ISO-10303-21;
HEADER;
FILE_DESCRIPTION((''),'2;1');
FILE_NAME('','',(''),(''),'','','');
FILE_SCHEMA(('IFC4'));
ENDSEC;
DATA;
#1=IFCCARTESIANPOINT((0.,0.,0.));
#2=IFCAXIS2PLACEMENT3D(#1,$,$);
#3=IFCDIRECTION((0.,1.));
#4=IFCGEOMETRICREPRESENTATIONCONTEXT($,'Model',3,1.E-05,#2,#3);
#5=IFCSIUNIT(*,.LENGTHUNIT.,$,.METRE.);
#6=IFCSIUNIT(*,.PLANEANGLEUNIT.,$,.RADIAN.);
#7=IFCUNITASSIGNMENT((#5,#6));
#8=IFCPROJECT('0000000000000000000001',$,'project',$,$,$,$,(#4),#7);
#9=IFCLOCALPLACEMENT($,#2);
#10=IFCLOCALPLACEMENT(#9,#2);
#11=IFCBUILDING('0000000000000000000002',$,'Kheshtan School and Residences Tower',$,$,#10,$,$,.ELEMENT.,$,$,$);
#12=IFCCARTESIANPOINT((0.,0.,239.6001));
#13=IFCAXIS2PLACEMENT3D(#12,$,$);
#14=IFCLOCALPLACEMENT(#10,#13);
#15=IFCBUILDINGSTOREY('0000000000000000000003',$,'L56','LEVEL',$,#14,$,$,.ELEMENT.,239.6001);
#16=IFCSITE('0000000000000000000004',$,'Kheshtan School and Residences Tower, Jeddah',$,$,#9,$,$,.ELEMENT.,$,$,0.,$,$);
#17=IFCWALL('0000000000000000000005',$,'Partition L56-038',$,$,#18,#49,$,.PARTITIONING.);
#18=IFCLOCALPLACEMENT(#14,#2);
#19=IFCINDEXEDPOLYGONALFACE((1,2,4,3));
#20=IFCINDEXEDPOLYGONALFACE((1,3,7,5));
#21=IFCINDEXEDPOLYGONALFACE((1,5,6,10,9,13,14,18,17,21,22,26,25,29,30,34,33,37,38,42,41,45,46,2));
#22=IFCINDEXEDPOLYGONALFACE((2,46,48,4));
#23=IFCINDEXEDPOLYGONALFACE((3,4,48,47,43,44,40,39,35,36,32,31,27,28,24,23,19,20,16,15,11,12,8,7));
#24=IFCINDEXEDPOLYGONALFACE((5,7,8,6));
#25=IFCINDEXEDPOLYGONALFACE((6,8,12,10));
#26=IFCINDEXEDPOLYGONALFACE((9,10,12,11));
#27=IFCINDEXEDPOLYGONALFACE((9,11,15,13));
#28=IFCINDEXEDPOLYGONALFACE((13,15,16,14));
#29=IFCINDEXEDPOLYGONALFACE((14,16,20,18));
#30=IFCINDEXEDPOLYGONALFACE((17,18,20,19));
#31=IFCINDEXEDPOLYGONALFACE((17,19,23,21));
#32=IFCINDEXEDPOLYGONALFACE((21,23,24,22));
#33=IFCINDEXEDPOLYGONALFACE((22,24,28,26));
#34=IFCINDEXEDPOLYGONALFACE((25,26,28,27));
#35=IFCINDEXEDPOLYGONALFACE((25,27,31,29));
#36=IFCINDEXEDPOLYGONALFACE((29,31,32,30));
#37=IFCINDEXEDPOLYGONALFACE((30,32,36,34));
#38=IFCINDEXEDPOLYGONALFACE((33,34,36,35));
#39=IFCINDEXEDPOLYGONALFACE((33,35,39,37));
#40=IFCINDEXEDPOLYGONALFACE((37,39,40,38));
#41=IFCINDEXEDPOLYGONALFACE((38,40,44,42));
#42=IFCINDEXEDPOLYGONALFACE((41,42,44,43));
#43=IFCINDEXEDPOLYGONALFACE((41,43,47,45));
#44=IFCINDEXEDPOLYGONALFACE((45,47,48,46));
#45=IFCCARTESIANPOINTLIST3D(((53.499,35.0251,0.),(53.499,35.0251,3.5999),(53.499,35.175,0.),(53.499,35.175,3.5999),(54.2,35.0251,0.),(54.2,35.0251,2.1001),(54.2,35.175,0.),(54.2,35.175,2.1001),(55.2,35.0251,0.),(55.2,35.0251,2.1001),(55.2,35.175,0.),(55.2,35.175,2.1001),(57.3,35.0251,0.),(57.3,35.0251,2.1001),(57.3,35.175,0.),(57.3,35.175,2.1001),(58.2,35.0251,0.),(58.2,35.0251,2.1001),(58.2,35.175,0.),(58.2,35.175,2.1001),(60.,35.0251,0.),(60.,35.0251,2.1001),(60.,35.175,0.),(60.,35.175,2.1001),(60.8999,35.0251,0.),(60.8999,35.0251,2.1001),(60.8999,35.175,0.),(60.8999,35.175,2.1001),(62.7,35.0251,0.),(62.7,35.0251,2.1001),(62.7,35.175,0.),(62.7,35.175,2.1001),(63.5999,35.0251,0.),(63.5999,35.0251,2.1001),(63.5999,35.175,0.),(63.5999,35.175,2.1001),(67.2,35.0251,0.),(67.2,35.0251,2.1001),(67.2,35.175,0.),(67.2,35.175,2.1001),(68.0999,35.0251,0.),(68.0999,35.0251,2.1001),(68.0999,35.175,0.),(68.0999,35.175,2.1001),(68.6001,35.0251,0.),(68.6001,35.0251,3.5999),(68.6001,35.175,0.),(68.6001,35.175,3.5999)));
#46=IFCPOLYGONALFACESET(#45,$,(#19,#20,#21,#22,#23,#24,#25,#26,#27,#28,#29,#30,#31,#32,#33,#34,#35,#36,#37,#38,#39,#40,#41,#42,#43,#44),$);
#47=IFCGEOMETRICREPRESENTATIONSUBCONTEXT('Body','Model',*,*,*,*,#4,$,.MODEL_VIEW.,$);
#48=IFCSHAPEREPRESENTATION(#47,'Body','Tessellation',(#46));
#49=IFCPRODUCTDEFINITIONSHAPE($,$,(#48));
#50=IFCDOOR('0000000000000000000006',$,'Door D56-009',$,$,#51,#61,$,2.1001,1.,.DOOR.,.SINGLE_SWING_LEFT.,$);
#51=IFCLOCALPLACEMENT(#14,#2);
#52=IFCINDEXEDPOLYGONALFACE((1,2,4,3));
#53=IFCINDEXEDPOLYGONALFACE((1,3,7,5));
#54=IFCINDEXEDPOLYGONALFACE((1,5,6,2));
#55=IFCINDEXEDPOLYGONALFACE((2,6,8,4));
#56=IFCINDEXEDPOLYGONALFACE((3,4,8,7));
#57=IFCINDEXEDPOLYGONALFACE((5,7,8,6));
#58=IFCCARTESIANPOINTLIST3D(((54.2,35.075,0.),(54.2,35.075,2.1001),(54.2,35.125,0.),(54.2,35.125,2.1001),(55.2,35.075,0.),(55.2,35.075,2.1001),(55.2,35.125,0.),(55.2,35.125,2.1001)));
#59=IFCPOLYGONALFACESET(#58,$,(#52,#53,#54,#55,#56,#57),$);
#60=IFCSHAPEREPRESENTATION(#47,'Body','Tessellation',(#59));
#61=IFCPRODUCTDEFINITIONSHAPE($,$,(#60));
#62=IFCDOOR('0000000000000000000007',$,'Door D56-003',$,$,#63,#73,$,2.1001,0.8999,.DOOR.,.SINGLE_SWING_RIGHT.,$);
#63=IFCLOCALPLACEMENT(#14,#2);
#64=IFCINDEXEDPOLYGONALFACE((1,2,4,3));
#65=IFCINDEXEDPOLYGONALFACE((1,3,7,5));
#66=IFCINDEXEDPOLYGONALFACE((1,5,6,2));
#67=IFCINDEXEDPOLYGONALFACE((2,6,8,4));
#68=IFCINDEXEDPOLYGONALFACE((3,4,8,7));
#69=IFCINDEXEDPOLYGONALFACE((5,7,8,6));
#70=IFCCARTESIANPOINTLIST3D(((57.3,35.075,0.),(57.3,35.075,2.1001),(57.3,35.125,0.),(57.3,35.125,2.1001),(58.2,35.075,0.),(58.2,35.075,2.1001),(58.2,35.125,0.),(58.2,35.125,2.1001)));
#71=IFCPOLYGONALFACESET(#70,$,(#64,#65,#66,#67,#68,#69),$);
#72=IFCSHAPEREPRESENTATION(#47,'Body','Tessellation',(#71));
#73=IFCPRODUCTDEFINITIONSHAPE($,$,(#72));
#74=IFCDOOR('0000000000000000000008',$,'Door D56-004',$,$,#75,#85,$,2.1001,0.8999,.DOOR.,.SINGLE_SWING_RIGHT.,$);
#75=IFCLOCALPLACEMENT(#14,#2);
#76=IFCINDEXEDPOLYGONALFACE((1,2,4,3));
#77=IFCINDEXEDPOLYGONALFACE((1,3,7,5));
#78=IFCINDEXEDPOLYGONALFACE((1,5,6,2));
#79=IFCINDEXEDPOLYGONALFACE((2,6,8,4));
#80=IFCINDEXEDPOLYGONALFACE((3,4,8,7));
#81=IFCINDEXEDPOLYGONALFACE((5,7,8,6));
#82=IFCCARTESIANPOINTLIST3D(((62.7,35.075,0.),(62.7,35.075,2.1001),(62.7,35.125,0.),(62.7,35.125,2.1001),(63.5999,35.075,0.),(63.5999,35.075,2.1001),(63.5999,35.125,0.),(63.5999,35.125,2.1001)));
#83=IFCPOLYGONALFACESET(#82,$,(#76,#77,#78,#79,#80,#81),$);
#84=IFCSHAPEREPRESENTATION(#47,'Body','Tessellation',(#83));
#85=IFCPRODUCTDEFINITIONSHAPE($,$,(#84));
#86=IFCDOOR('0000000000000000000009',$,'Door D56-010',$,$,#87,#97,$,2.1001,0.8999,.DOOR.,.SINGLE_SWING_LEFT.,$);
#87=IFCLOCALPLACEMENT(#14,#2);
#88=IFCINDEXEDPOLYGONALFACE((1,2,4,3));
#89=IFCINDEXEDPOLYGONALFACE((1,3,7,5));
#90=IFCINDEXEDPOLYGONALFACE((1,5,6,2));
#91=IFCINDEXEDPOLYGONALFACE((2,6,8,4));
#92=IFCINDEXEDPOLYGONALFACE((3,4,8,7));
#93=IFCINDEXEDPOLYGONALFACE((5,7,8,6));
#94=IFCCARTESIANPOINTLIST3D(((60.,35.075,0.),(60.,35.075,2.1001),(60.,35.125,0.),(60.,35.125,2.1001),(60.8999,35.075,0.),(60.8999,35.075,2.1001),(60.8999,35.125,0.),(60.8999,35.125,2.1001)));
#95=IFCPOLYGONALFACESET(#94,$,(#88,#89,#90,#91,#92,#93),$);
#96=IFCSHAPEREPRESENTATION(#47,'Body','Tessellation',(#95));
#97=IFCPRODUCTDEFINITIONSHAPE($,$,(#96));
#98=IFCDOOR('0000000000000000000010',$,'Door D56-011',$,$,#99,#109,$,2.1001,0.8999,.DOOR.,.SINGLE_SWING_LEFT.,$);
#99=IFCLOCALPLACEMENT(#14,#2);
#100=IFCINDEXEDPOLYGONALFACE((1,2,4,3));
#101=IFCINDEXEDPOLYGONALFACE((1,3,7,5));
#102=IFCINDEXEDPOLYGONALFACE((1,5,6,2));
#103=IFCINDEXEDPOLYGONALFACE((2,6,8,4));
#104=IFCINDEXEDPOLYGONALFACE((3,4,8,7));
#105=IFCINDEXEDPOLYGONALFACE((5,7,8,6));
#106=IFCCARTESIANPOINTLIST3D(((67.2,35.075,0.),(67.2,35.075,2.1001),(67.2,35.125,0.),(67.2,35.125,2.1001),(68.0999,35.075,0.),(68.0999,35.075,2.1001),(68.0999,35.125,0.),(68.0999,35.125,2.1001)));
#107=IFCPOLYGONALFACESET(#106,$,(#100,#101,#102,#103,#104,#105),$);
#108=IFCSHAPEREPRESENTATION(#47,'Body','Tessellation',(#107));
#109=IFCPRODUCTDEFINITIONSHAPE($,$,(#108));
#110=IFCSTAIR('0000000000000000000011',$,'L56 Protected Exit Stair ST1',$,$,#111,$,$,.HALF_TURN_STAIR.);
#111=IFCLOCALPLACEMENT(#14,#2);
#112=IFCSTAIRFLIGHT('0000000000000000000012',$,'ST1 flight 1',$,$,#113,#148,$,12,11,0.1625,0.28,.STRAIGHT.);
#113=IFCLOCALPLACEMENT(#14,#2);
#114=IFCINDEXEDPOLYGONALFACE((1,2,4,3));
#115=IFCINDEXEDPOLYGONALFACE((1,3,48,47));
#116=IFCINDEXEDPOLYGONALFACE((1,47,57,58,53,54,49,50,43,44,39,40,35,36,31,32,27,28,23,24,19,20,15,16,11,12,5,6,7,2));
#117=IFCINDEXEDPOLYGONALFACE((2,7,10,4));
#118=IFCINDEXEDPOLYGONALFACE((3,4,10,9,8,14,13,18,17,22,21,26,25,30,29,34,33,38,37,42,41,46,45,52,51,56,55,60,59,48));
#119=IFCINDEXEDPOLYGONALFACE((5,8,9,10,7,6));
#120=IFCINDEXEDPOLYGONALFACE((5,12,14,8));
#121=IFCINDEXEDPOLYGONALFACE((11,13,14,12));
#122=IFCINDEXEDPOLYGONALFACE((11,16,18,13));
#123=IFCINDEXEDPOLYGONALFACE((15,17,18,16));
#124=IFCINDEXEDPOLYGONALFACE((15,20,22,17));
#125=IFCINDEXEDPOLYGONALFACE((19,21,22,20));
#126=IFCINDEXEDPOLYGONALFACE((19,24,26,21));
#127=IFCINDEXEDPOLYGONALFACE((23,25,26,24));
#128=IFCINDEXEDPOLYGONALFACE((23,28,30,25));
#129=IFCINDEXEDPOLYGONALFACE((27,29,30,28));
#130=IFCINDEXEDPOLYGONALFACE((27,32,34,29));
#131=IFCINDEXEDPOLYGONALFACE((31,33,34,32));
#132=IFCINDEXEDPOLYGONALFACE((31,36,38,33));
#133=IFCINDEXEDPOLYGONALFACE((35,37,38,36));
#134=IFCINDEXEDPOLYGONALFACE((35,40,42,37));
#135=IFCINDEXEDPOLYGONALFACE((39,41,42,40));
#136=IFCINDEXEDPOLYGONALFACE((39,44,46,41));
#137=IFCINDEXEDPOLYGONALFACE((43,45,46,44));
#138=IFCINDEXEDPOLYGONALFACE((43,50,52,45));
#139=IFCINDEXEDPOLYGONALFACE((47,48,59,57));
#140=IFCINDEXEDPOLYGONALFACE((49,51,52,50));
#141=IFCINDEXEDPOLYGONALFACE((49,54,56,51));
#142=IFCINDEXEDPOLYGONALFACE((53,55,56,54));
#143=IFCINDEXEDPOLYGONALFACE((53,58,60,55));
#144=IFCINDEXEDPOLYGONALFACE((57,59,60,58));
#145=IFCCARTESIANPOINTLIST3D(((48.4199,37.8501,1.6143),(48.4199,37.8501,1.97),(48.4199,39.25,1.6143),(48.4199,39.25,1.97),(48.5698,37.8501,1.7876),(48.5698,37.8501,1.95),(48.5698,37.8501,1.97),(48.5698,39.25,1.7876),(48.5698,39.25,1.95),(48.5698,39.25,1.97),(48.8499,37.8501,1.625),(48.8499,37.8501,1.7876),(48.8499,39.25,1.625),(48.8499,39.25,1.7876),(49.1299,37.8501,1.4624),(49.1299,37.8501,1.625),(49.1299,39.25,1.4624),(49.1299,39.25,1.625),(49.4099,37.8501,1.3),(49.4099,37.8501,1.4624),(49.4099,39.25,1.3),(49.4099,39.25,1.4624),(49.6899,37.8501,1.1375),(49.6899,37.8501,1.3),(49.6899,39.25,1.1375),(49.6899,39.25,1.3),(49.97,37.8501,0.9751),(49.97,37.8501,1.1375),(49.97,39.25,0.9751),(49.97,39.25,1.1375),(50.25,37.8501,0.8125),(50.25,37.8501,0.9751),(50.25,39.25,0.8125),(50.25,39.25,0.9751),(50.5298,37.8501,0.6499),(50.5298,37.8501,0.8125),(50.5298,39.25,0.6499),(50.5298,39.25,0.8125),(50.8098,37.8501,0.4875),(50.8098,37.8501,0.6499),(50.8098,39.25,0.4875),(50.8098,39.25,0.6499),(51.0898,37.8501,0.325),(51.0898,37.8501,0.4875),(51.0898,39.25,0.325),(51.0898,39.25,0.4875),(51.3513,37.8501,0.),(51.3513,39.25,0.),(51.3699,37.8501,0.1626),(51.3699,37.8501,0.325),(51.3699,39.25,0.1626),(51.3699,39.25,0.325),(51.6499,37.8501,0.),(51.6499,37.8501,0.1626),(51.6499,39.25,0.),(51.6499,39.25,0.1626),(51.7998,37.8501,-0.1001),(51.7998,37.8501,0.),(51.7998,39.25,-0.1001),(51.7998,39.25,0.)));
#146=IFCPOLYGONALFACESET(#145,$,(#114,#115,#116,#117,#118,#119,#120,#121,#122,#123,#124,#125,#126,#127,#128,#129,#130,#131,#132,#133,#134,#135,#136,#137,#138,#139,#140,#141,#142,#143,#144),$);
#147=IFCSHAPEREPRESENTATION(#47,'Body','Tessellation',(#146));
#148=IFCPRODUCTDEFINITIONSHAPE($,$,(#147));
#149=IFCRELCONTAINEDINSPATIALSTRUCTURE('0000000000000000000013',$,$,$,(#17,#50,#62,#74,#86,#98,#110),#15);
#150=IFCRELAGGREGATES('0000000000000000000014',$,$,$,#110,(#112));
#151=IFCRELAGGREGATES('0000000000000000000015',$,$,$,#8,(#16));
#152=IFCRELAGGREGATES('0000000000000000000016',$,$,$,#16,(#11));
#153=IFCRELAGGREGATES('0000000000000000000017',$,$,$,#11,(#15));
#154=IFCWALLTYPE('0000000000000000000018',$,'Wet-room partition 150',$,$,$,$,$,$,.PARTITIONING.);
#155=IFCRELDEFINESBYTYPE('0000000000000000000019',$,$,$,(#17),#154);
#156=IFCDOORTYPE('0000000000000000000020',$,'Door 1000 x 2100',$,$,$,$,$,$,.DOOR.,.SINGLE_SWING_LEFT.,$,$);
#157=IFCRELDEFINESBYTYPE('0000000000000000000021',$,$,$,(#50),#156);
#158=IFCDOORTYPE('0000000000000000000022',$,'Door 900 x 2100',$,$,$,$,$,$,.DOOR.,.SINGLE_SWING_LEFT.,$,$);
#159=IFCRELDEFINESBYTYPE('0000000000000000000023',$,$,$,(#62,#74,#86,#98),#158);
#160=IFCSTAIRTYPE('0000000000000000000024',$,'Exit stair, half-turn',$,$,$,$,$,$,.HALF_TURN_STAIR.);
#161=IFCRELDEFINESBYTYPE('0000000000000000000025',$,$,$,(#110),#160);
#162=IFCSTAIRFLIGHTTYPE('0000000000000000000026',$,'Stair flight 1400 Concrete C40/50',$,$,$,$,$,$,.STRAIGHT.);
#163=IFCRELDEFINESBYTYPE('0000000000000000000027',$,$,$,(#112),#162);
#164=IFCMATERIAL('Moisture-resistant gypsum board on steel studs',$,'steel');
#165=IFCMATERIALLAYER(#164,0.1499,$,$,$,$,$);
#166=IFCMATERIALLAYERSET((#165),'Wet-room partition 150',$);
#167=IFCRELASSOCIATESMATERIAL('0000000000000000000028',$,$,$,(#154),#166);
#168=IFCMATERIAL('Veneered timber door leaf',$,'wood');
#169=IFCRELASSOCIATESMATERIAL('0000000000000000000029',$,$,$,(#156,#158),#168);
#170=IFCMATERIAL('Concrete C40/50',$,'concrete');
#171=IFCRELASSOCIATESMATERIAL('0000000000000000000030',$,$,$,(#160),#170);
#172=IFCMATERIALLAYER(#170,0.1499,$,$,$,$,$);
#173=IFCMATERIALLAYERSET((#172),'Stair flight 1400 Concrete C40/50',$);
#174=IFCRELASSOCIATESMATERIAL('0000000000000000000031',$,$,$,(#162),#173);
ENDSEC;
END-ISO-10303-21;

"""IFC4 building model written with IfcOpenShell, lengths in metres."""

from ifc_helpers import new_model, si_unit, direction, frame, frame_2d, origin, place, context, subcontext, project, spatial, polyline, rectangle, outline, extrude, source, transform, mapped, material, layer, layer_set, type_object, element, fill, aggregate, save


model = new_model("IFC4")

# Units and contexts
model_context = context("Model", 3, precision=1e-05, world=origin(), true_north=direction((0.0, 1.0)))
body_context = subcontext(model_context, "Body", "Model", "MODEL_VIEW")
ifc_project = project(units=[si_unit("LENGTHUNIT", "METRE"), si_unit("PLANEANGLEUNIT", "RADIAN")], contexts=[model_context])

# Site, building, storey
site_placement = place(None, origin())
site = spatial("IfcSite", under=ifc_project, at=site_placement, Name="Kheshtan School and Residences Tower, Jeddah", CompositionType="ELEMENT", RefElevation=0.0)
building_placement = place(site_placement, origin())
building = spatial("IfcBuilding", under=site, at=building_placement, Name="Kheshtan School and Residences Tower", CompositionType="ELEMENT")
storey_placement = place(building_placement, frame((0.0, 0.0, 239.6001)))
storey = spatial("IfcBuildingStorey", under=building, at=storey_placement, Name="L56", Description="LEVEL", CompositionType="ELEMENT", Elevation=239.6001)

# Shared definitions
ifc_material_1 = material(Name="Concrete C40/50", Category="concrete")

# Wall, openings, doors
ifc_material_2 = material(Name="Moisture-resistant gypsum board on steel studs", Category="steel")
ifc_layer_1 = layer(ifc_material_2, 0.1499)
ifc_layer_set_1 = layer_set([ifc_layer_1], Name="Wet-room partition 150")
wall_type_1 = type_object("IfcWallType", Name="Wet-room partition 150", PredefinedType="PARTITIONING", material=ifc_layer_set_1)
wall_1_placement = place(storey_placement, frame((53.499, 35.1001, 0.0), z_axis=(0.0, 0.0, 1.0), x_axis=(1.0, 0.0, 0.0)))
wall_1 = element("IfcWall", 1, at=wall_1_placement, inside=storey, type_object=wall_type_1, Name="Partition L56-038", PredefinedType="PARTITIONING", context=body_context, shape_type="SweptSolid", body=[
    extrude(rectangle(XDim=15.1011, YDim=0.1499, at=frame_2d((7.5505, 0.0))), origin(), (0.0, 0.0, 1.0), 3.5999),
])
opening_1_placement = place(wall_1_placement, frame((3.801, 0.0, 0.0)))
opening_1 = element("IfcOpeningElement", 2, at=opening_1_placement, cuts=wall_1, PredefinedType="OPENING", context=body_context, shape_type="SweptSolid", body=[
    extrude(rectangle(XDim=0.8999, YDim=2.1001, at=frame_2d((0.45, 1.05))), frame((0.0, 0.085, 0.0), z_axis=(0.0, -1.0, 0.0), x_axis=(1.0, 0.0, 0.0)), (0.0, 0.0, 1.0), 0.1699),
])
opening_2_placement = place(wall_1_placement, frame((9.2009, 0.0, 0.0)))
opening_2 = element("IfcOpeningElement", 3, at=opening_2_placement, cuts=wall_1, PredefinedType="OPENING", context=body_context, shape_type="SweptSolid", body=[
    extrude(rectangle(XDim=0.8999, YDim=2.1001, at=frame_2d((0.45, 1.05))), frame((0.0, 0.085, 0.0), z_axis=(0.0, -1.0, 0.0), x_axis=(1.0, 0.0, 0.0)), (0.0, 0.0, 1.0), 0.1699),
])
opening_3_placement = place(wall_1_placement, frame((0.7009, 0.0, 0.0)))
opening_3 = element("IfcOpeningElement", 4, at=opening_3_placement, cuts=wall_1, PredefinedType="OPENING", context=body_context, shape_type="SweptSolid", body=[
    extrude(rectangle(XDim=1.0, YDim=2.1001, at=frame_2d((0.5, 1.05))), frame((0.0, 0.085, 0.0), z_axis=(0.0, -1.0, 0.0), x_axis=(1.0, 0.0, 0.0)), (0.0, 0.0, 1.0), 0.1699),
])
opening_4_placement = place(wall_1_placement, frame((6.501, 0.0, 0.0)))
opening_4 = element("IfcOpeningElement", 5, at=opening_4_placement, cuts=wall_1, PredefinedType="OPENING", context=body_context, shape_type="SweptSolid", body=[
    extrude(rectangle(XDim=0.8999, YDim=2.1001, at=frame_2d((0.45, 1.05))), frame((0.0, 0.085, 0.0), z_axis=(0.0, -1.0, 0.0), x_axis=(1.0, 0.0, 0.0)), (0.0, 0.0, 1.0), 0.1699),
])
opening_5_placement = place(wall_1_placement, frame((13.7009, 0.0, 0.0)))
opening_5 = element("IfcOpeningElement", 6, at=opening_5_placement, cuts=wall_1, PredefinedType="OPENING", context=body_context, shape_type="SweptSolid", body=[
    extrude(rectangle(XDim=0.8999, YDim=2.1001, at=frame_2d((0.45, 1.05))), frame((0.0, 0.085, 0.0), z_axis=(0.0, -1.0, 0.0), x_axis=(1.0, 0.0, 0.0)), (0.0, 0.0, 1.0), 0.1699),
])
ifc_material_3 = material(Name="Veneered timber door leaf", Category="wood")
door_type_1 = type_object("IfcDoorType", Name="Door 1000 x 2100", OperationType="SINGLE_SWING_LEFT", PredefinedType="DOOR", material=ifc_material_3)
shared_shape_1 = source(origin(), body_context, "Body", "SweptSolid", [
    extrude(rectangle(XDim=1.0, YDim=2.1001, at=frame_2d((0.5, 1.05))), frame((0.0, 0.0249, 0.0), z_axis=(0.0, -1.0, 0.0), x_axis=(1.0, 0.0, 0.0)), (0.0, 0.0, 1.0), 0.05),
])
door_1_placement = place(opening_3_placement, origin())
door_1 = element("IfcDoor", 7, at=door_1_placement, inside=storey, type_object=door_type_1, Name="Door D56-009", OperationType="SINGLE_SWING_LEFT", OverallHeight=2.1001, OverallWidth=1.0, PredefinedType="DOOR", context=body_context, shape_type="MappedRepresentation", body=[
    mapped(shared_shape_1, transform((0.0, 0.0, 0.0), x_axis=(1.0, 0.0, 0.0), y_axis=(0.0, 1.0, 0.0), z_axis=(0.0, 0.0, 1.0), scale=1.0)),
])
fill(opening_3, door_1)
door_type_2 = type_object("IfcDoorType", Name="Door 900 x 2100", OperationType="SINGLE_SWING_LEFT", PredefinedType="DOOR", material=ifc_material_3)
shared_shape_2 = source(origin(), body_context, "Body", "SweptSolid", [
    extrude(rectangle(XDim=0.8999, YDim=2.1001, at=frame_2d((0.45, 1.05))), frame((0.0, 0.0249, 0.0), z_axis=(0.0, -1.0, 0.0), x_axis=(1.0, 0.0, 0.0)), (0.0, 0.0, 1.0), 0.05),
])
door_2_placement = place(opening_1_placement, origin())
door_2 = element("IfcDoor", 8, at=door_2_placement, inside=storey, type_object=door_type_2, Name="Door D56-003", OperationType="SINGLE_SWING_RIGHT", OverallHeight=2.1001, OverallWidth=0.8999, PredefinedType="DOOR", context=body_context, shape_type="MappedRepresentation", body=[
    mapped(shared_shape_2, transform((0.0, 0.0, 0.0), x_axis=(1.0, 0.0, 0.0), y_axis=(0.0, 1.0, 0.0), z_axis=(0.0, 0.0, 1.0), scale=1.0)),
])
fill(opening_1, door_2)
door_3_placement = place(opening_2_placement, origin())
door_3 = element("IfcDoor", 9, at=door_3_placement, inside=storey, type_object=door_type_2, Name="Door D56-004", OperationType="SINGLE_SWING_RIGHT", OverallHeight=2.1001, OverallWidth=0.8999, PredefinedType="DOOR", context=body_context, shape_type="MappedRepresentation", body=[
    mapped(shared_shape_2, transform((0.0, 0.0, 0.0), x_axis=(1.0, 0.0, 0.0), y_axis=(0.0, 1.0, 0.0), z_axis=(0.0, 0.0, 1.0), scale=1.0)),
])
fill(opening_2, door_3)
door_4_placement = place(opening_4_placement, origin())
door_4 = element("IfcDoor", 10, at=door_4_placement, inside=storey, type_object=door_type_2, Name="Door D56-010", OperationType="SINGLE_SWING_LEFT", OverallHeight=2.1001, OverallWidth=0.8999, PredefinedType="DOOR", context=body_context, shape_type="MappedRepresentation", body=[
    mapped(shared_shape_2, transform((0.0, 0.0, 0.0), x_axis=(1.0, 0.0, 0.0), y_axis=(0.0, 1.0, 0.0), z_axis=(0.0, 0.0, 1.0), scale=1.0)),
])
fill(opening_4, door_4)
door_5_placement = place(opening_5_placement, origin())
door_5 = element("IfcDoor", 11, at=door_5_placement, inside=storey, type_object=door_type_2, Name="Door D56-011", OperationType="SINGLE_SWING_LEFT", OverallHeight=2.1001, OverallWidth=0.8999, PredefinedType="DOOR", context=body_context, shape_type="MappedRepresentation", body=[
    mapped(shared_shape_2, transform((0.0, 0.0, 0.0), x_axis=(1.0, 0.0, 0.0), y_axis=(0.0, 1.0, 0.0), z_axis=(0.0, 0.0, 1.0), scale=1.0)),
])
fill(opening_5, door_5)

# Stair, stair flight
stair_type = type_object("IfcStairType", Name="Exit stair, half-turn", PredefinedType="HALF_TURN_STAIR", material=ifc_material_1)
stair_placement = place(storey_placement, origin())
stair = element("IfcStair", 12, at=stair_placement, inside=storey, type_object=stair_type, Name="L56 Protected Exit Stair ST1", PredefinedType="HALF_TURN_STAIR")
ifc_layer_2 = layer(ifc_material_1, 0.1499)
ifc_layer_set_2 = layer_set([ifc_layer_2], Name="Stair flight 1400 Concrete C40/50")
stair_flight_type = type_object("IfcStairFlightType", Name="Stair flight 1400 Concrete C40/50", PredefinedType="STRAIGHT", material=ifc_layer_set_2)
stair_flight_1_placement = place(storey_placement, frame((51.6499, 38.55, 0.0), z_axis=(0.0, 0.0, 1.0), x_axis=(-1.0, 0.0, 0.0)))
stair_flight_1 = element("IfcStairFlight", 13, at=stair_flight_1_placement, type_object=stair_flight_type, Name="ST1 flight 1", NumberOfRisers=12, NumberOfTreads=11, PredefinedType="STRAIGHT", RiserHeight=0.1625, TreadLength=0.28, context=body_context, shape_type="SweptSolid", body=[
    extrude(outline(polyline([(-0.1499, -0.1001), (-0.1499, 0.0), (0.0, 0.0), (0.0, 0.1626), (0.28, 0.1626), (0.28, 0.325), (0.5601, 0.325), (0.5601, 0.4875), (0.8401, 0.4875), (0.8401, 0.6499), (1.1201, 0.6499), (1.1201, 0.8125), (1.3999, 0.8125), (1.3999, 0.9751), (1.6799, 0.9751), (1.6799, 1.1375), (1.96, 1.1375), (1.96, 1.3), (2.24, 1.3), (2.24, 1.4624), (2.52, 1.4624), (2.52, 1.625), (2.8, 1.625), (2.8, 1.7876), (3.0801, 1.7876), (3.0801, 1.95), (3.0801, 1.97), (3.23, 1.97), (3.23, 1.6143), (0.2986, 0.0), (-0.1499, -0.1001)])), frame((0.0, 0.7, 0.0), z_axis=(0.0, -1.0, 0.0), x_axis=(1.0, 0.0, 0.0)), (0.0, 0.0, 1.0), 1.3999),
])
aggregate(stair, [stair_flight_1])

save(model, "model.ifc")
